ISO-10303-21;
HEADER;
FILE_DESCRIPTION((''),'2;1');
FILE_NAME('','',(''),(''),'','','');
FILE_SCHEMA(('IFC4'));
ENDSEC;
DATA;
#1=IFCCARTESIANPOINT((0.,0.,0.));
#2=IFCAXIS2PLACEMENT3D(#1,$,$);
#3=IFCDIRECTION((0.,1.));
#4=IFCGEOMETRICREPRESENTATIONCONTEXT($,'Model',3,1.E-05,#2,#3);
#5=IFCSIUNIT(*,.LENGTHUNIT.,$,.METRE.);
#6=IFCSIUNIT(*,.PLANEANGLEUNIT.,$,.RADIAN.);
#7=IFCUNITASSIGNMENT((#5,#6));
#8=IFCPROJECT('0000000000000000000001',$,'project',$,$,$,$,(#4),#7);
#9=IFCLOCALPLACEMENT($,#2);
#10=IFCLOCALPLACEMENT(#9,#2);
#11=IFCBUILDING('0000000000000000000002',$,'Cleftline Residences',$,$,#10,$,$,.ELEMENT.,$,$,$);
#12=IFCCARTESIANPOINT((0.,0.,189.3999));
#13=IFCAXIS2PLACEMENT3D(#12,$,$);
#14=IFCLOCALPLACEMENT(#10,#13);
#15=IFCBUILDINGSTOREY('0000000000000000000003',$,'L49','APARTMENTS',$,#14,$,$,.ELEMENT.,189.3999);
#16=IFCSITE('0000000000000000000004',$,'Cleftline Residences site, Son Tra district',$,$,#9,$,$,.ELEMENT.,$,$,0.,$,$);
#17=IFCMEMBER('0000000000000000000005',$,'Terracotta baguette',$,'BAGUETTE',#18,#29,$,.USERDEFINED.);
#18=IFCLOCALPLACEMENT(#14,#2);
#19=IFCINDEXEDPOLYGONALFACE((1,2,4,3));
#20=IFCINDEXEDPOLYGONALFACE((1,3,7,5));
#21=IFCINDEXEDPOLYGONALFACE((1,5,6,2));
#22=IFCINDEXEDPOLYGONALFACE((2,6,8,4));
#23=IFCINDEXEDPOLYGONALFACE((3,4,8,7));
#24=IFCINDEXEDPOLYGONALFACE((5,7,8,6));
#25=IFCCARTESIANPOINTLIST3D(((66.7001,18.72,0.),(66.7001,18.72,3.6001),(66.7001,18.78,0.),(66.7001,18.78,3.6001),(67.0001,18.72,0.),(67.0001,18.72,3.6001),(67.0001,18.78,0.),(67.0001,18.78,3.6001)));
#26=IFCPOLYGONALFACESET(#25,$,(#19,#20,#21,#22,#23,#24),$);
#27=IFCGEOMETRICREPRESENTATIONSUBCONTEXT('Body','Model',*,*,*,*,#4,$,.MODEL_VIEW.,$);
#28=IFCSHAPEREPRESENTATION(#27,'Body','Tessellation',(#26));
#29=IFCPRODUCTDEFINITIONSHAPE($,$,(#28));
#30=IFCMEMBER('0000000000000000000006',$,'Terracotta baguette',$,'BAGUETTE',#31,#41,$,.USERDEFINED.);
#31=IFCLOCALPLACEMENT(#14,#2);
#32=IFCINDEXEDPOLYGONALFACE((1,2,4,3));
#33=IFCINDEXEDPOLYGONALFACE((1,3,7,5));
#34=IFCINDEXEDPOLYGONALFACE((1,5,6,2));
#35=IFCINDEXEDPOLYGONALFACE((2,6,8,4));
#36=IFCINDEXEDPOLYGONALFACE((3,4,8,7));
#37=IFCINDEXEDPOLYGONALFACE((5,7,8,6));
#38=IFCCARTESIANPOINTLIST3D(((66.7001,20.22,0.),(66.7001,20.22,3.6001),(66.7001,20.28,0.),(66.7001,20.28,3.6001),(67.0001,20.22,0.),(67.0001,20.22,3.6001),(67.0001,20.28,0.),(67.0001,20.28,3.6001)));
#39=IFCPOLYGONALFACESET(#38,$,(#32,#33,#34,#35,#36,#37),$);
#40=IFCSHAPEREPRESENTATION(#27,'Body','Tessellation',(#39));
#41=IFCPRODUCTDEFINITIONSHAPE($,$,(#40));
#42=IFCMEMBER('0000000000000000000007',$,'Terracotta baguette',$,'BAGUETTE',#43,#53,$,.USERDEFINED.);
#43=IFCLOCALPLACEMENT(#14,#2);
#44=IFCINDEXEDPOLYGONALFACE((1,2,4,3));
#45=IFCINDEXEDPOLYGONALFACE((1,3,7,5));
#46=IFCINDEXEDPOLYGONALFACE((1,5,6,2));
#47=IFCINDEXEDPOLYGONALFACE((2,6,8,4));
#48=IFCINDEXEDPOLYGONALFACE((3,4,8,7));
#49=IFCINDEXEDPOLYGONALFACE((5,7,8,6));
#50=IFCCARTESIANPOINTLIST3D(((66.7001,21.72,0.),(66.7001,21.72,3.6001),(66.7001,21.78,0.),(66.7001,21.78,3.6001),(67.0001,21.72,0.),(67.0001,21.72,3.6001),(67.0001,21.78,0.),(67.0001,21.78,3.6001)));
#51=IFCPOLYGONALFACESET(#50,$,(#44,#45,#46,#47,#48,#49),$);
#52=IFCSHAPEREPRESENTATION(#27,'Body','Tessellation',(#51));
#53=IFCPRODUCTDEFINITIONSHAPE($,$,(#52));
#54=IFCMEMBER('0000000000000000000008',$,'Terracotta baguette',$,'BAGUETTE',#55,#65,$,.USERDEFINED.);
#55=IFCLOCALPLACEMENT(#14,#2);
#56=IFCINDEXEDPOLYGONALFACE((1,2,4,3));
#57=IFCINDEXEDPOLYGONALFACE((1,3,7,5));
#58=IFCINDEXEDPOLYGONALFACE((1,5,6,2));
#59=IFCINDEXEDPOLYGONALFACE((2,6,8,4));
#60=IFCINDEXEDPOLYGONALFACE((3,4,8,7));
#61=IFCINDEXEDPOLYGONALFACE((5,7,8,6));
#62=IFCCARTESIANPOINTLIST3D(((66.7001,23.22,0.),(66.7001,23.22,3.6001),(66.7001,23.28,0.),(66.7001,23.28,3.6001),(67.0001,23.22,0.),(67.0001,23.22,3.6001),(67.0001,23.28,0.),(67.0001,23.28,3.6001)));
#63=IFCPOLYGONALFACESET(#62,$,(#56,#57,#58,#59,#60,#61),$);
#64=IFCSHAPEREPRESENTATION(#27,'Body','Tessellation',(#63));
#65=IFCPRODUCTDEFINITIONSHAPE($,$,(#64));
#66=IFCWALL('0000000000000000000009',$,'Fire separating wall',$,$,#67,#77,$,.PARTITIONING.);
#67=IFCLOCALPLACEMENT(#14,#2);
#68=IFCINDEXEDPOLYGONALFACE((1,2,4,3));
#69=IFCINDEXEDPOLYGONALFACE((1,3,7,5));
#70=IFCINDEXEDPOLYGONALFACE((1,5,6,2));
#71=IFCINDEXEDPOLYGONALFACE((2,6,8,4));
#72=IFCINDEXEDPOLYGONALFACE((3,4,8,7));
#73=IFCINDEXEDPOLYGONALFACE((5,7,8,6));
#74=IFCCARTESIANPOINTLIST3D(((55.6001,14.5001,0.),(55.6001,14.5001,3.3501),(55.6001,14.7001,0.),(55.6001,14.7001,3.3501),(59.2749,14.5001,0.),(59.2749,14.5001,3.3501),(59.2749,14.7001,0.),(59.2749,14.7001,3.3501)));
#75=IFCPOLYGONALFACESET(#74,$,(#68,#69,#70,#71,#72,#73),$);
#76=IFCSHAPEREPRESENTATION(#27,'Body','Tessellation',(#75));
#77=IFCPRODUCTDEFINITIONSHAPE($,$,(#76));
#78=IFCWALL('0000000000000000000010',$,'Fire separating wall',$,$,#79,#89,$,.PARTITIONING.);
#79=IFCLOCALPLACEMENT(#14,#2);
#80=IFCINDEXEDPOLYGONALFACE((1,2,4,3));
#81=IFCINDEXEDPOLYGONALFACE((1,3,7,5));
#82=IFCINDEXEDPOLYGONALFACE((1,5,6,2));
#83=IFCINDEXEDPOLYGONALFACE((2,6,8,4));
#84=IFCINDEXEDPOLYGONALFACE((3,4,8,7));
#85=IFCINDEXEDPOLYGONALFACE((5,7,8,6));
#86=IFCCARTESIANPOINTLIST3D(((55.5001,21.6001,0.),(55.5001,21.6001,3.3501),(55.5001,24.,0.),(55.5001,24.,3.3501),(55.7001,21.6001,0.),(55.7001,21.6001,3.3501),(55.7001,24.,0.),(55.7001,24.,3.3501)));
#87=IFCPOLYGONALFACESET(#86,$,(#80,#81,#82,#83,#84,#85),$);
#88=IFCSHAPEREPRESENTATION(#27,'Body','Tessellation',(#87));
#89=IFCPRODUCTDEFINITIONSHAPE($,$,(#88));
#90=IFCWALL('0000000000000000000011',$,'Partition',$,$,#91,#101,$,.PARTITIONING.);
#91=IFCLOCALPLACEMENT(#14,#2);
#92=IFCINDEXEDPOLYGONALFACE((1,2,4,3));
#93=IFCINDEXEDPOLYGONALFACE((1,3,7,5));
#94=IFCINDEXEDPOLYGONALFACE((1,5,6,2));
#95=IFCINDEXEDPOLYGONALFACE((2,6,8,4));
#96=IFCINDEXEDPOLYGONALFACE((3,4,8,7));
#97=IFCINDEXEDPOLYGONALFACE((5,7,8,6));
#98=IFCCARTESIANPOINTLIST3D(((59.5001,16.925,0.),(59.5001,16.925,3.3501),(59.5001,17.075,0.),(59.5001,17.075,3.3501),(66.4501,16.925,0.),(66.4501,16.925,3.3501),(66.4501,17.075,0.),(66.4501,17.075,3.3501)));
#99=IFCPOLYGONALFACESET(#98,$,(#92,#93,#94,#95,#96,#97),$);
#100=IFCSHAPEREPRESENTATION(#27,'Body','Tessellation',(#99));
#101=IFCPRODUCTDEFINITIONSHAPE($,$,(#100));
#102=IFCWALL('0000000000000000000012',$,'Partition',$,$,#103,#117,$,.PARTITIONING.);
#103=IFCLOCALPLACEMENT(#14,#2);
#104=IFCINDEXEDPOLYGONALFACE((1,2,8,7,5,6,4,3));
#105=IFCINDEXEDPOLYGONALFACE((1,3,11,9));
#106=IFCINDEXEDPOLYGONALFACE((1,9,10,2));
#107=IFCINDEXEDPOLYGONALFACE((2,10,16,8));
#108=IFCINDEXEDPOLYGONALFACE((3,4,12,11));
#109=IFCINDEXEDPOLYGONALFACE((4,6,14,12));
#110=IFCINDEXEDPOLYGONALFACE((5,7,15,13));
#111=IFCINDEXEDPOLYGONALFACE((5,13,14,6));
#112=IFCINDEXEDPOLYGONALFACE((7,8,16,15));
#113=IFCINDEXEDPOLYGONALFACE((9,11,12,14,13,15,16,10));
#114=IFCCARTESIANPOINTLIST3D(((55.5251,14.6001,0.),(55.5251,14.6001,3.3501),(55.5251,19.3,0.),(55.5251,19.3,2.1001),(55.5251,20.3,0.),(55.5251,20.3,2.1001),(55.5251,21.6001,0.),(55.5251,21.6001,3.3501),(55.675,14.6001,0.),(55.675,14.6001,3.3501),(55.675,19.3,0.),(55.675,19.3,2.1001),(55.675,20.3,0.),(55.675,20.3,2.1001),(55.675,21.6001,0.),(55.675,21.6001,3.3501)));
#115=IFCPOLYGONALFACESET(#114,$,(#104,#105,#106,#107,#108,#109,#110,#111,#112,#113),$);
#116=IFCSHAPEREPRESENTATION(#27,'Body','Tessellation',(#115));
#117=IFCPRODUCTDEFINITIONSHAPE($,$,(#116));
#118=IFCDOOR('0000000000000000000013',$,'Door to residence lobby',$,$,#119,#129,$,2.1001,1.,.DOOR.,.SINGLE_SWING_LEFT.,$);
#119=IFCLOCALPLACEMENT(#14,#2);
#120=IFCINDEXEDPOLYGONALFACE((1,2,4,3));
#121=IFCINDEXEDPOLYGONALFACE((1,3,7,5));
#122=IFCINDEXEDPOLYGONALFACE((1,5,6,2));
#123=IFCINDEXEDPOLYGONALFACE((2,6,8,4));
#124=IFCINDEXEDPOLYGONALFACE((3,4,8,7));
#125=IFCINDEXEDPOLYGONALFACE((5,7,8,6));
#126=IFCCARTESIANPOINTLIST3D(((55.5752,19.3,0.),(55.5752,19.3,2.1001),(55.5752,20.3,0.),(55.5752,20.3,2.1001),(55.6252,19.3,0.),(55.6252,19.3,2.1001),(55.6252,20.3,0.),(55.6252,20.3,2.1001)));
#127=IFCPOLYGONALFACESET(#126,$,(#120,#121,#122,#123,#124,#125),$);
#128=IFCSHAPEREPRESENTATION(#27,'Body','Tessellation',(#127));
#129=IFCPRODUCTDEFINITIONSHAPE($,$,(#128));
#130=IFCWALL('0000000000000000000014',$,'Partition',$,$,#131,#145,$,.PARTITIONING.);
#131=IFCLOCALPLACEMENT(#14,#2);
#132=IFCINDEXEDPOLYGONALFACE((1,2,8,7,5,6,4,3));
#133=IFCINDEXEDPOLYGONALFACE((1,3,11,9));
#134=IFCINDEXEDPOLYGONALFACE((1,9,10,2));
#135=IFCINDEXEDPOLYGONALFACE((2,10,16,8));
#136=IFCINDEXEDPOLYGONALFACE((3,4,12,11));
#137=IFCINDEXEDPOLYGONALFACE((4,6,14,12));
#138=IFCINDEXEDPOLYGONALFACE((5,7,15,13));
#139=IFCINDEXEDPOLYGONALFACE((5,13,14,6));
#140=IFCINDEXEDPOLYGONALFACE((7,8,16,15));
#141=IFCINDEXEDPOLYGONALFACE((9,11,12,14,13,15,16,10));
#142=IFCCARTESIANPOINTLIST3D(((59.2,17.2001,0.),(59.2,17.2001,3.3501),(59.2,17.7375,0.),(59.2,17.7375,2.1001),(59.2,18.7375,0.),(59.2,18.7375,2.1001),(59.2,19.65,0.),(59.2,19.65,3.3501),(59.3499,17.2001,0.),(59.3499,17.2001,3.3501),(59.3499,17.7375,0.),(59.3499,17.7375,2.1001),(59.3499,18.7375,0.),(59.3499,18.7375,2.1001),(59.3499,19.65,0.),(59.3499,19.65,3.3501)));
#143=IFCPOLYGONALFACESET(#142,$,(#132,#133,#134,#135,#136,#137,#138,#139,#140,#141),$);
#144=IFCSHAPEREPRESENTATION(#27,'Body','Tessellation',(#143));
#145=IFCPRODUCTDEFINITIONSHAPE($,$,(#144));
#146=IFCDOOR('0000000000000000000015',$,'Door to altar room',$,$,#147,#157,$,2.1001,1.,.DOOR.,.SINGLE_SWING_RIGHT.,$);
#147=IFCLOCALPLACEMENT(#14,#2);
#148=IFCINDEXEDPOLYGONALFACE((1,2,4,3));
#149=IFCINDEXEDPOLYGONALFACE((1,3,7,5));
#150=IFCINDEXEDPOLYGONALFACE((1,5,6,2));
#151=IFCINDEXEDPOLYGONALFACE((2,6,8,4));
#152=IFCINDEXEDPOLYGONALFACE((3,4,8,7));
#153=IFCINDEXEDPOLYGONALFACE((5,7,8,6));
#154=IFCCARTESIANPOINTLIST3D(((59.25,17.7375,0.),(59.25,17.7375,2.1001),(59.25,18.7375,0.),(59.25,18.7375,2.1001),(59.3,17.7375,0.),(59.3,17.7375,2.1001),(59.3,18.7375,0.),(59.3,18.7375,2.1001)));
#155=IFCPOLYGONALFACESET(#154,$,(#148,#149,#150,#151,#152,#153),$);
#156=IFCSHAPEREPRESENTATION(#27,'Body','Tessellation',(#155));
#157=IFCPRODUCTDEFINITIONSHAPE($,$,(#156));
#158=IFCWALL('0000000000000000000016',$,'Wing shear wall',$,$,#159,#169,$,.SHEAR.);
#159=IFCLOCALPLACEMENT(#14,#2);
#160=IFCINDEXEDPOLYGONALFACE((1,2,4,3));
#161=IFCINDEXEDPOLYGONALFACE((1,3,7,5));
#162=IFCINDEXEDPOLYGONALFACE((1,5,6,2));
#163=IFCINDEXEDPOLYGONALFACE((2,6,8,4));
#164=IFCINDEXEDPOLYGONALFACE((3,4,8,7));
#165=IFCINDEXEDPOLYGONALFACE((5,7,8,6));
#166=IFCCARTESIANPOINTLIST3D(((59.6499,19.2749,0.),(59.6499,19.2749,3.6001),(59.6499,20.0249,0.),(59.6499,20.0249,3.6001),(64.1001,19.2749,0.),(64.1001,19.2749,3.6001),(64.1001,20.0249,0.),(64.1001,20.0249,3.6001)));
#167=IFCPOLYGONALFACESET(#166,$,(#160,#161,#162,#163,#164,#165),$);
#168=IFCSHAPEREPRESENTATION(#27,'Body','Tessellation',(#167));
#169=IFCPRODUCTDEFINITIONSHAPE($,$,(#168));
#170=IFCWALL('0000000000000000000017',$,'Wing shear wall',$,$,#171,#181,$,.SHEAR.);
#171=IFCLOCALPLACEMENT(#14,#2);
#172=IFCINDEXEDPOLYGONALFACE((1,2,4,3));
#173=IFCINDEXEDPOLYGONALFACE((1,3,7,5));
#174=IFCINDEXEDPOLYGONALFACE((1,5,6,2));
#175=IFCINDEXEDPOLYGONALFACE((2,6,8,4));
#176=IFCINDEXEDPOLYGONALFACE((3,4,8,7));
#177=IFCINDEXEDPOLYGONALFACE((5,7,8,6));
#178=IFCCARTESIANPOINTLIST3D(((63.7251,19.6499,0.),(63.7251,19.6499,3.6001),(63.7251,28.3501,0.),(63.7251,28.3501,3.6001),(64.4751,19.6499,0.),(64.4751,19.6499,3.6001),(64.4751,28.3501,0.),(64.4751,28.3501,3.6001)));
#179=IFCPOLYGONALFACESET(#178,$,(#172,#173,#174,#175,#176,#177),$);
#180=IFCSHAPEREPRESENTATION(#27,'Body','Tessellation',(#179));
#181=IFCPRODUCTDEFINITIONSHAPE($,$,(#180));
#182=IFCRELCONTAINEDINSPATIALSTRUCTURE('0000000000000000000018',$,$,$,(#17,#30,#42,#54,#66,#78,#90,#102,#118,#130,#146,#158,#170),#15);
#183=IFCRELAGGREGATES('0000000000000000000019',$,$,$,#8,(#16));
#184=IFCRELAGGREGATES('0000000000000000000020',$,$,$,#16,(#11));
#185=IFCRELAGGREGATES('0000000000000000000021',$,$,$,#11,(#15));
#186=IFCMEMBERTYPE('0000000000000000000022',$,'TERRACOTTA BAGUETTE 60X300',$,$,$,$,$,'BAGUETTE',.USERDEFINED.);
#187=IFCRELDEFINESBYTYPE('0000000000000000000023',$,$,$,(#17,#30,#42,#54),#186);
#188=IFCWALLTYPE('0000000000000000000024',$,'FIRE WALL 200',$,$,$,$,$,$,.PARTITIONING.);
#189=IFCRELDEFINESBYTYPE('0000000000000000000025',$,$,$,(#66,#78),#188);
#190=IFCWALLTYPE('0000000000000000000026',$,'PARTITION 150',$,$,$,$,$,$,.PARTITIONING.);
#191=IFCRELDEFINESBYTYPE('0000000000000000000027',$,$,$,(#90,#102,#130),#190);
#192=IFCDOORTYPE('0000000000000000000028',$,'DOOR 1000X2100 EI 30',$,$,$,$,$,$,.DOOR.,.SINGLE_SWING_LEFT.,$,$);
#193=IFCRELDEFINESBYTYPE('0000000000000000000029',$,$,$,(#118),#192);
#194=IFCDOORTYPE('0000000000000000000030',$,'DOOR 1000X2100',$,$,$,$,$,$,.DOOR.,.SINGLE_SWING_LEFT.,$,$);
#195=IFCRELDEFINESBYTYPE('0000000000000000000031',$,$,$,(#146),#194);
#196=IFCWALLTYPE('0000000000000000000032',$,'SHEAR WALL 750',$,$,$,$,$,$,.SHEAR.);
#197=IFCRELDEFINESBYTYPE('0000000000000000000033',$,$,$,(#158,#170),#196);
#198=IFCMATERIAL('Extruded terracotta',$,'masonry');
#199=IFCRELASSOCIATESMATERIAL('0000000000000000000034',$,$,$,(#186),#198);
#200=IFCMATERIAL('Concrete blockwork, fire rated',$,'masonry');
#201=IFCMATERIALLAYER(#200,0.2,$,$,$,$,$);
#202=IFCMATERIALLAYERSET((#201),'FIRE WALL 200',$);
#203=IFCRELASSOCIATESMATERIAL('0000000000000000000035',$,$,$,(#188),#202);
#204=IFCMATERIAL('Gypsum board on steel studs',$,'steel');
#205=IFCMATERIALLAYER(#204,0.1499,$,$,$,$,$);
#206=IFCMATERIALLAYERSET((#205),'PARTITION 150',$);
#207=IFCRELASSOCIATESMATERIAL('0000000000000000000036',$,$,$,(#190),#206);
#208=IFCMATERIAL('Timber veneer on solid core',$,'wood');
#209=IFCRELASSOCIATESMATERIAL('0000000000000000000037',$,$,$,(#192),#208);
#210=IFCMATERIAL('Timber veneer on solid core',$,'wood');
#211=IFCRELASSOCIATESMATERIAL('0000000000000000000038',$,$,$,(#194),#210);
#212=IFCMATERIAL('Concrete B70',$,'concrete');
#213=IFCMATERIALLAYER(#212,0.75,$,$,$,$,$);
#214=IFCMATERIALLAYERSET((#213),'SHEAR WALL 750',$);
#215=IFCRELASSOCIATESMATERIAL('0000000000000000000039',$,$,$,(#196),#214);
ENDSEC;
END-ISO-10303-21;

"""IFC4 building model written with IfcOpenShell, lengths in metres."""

from ifc_helpers import new_model, si_unit, direction, frame, frame_2d, origin, origin_2d, place, context, subcontext, project, spatial, rectangle, extrude, material, layer, layer_set, material_profile, profile_set, type_object, element, fill, save


model = new_model("IFC4")

# Units and contexts
model_context = context("Model", 3, precision=1e-05, world=origin(), true_north=direction((0.0, 1.0)))
body_context = subcontext(model_context, "Body", "Model", "MODEL_VIEW")
ifc_project = project(units=[si_unit("LENGTHUNIT", "METRE"), si_unit("PLANEANGLEUNIT", "RADIAN")], contexts=[model_context])

# Site, building, storey
site_placement = place(None, origin())
site = spatial("IfcSite", under=ifc_project, at=site_placement, Name="Cleftline Residences site, Son Tra district", CompositionType="ELEMENT", RefElevation=0.0)
building_placement = place(site_placement, origin())
building = spatial("IfcBuilding", under=site, at=building_placement, Name="Cleftline Residences", CompositionType="ELEMENT")
storey_placement = place(building_placement, frame((0.0, 0.0, 189.3999)))
storey = spatial("IfcBuildingStorey", under=building, at=storey_placement, Name="L49", Description="APARTMENTS", CompositionType="ELEMENT", Elevation=189.3999)

# Members
ifc_material_1 = material(Name="Extruded terracotta", Category="masonry")
ifc_material_profile_1 = material_profile(ifc_material_1, rectangle(XDim=0.0601, YDim=0.3, at=origin_2d()))
ifc_profile_set_1 = profile_set([ifc_material_profile_1], Name="Extruded terracotta")
member_type_1 = type_object("IfcMemberType", Name="TERRACOTTA BAGUETTE 60X300", ElementType="BAGUETTE", PredefinedType="USERDEFINED", material=ifc_profile_set_1)
for number, where, z_axis, x_axis, name in (
    (1, (66.8501, 18.75, 0.0), (0.0, 0.0, 1.0), (0.0, 1.0, 0.0), "Terracotta baguette"),
    (2, (66.8501, 20.25, 0.0), (0.0, 0.0, 1.0), (0.0, 1.0, 0.0), "Terracotta baguette"),
    (3, (66.8501, 21.75, 0.0), (0.0, 0.0, 1.0), (0.0, 1.0, 0.0), "Terracotta baguette"),
    (4, (66.8501, 23.25, 0.0), (0.0, 0.0, 1.0), (0.0, 1.0, 0.0), "Terracotta baguette"),
):
    element("IfcMember", number, at=place(storey_placement, frame(where, z_axis=z_axis, x_axis=x_axis)), inside=storey, type_object=member_type_1, Name=name, ObjectType="BAGUETTE", PredefinedType="USERDEFINED", context=body_context, shape_type="SweptSolid", body=[
        extrude(rectangle(XDim=0.0601, YDim=0.3, at=origin_2d()), origin(), (0.0, 0.0, 1.0), 3.6001),
    ])

# Walls
ifc_material_2 = material(Name="Concrete blockwork, fire rated", Category="masonry")
ifc_layer_1 = layer(ifc_material_2, 0.2)
ifc_layer_set_1 = layer_set([ifc_layer_1], Name="FIRE WALL 200")
wall_type_1 = type_object("IfcWallType", Name="FIRE WALL 200", PredefinedType="PARTITIONING", material=ifc_layer_set_1)
wall_1_placement = place(storey_placement, frame((55.6001, 14.6001, 0.0), z_axis=(0.0, 0.0, 1.0), x_axis=(1.0, 0.0, 0.0)))
element("IfcWall", 5, at=wall_1_placement, inside=storey, type_object=wall_type_1, Name="Fire separating wall", PredefinedType="PARTITIONING", context=body_context, shape_type="SweptSolid", body=[
    extrude(rectangle(XDim=3.6748, YDim=0.2, at=frame_2d((1.8374, 0.0))), origin(), (0.0, 0.0, 1.0), 3.3501),
])
wall_2_placement = place(storey_placement, frame((55.6001, 21.6001, 0.0), z_axis=(0.0, 0.0, 1.0), x_axis=(0.0, 1.0, 0.0)))
element("IfcWall", 6, at=wall_2_placement, inside=storey, type_object=wall_type_1, Name="Fire separating wall", PredefinedType="PARTITIONING", context=body_context, shape_type="SweptSolid", body=[
    extrude(rectangle(XDim=2.3999, YDim=0.2, at=frame_2d((1.2, 0.0))), origin(), (0.0, 0.0, 1.0), 3.3501),
])
ifc_material_3 = material(Name="Gypsum board on steel studs", Category="steel")
ifc_layer_2 = layer(ifc_material_3, 0.1499)
ifc_layer_set_2 = layer_set([ifc_layer_2], Name="PARTITION 150")
wall_type_2 = type_object("IfcWallType", Name="PARTITION 150", PredefinedType="PARTITIONING", material=ifc_layer_set_2)
wall_3_placement = place(storey_placement, frame((59.5, 17.0, 0.0), z_axis=(0.0, 0.0, 1.0), x_axis=(1.0, 0.0, 0.0)))
element("IfcWall", 7, at=wall_3_placement, inside=storey, type_object=wall_type_2, Name="Partition", PredefinedType="PARTITIONING", context=body_context, shape_type="SweptSolid", body=[
    extrude(rectangle(XDim=6.95, YDim=0.1499, at=frame_2d((3.4751, 0.0))), origin(), (0.0, 0.0, 1.0), 3.3501),
])

# Walls, openings, doors
wall_4_placement = place(storey_placement, frame((55.6001, 14.6001, 0.0), z_axis=(0.0, 0.0, 1.0), x_axis=(0.0, 1.0, 0.0)))
wall_4 = element("IfcWall", 8, at=wall_4_placement, inside=storey, type_object=wall_type_2, Name="Partition", PredefinedType="PARTITIONING", context=body_context, shape_type="SweptSolid", body=[
    extrude(rectangle(XDim=7.0, YDim=0.1499, at=frame_2d((3.5, 0.0))), origin(), (0.0, 0.0, 1.0), 3.3501),
])
opening_1_placement = place(wall_4_placement, frame((4.7, 0.0, 0.0)))
opening_1 = element("IfcOpeningElement", 9, at=opening_1_placement, cuts=wall_4, PredefinedType="OPENING", context=body_context, shape_type="SweptSolid", body=[
    extrude(rectangle(XDim=1.0, YDim=2.1001, at=frame_2d((0.5, 1.05))), frame((0.0, 0.085, 0.0), z_axis=(0.0, -1.0, 0.0), x_axis=(1.0, 0.0, 0.0)), (0.0, 0.0, 1.0), 0.1699),
])
ifc_material_4 = material(Name="Timber veneer on solid core", Category="wood")
door_type_1 = type_object("IfcDoorType", Name="DOOR 1000X2100 EI 30", OperationType="SINGLE_SWING_LEFT", PredefinedType="DOOR", material=ifc_material_4)
door_1_placement = place(opening_1_placement, origin())
door_1 = element("IfcDoor", 10, at=door_1_placement, inside=storey, type_object=door_type_1, Name="Door to residence lobby", OperationType="SINGLE_SWING_LEFT", OverallHeight=2.1001, OverallWidth=1.0, PredefinedType="DOOR", context=body_context, shape_type="SweptSolid", body=[
    extrude(rectangle(XDim=1.0, YDim=2.1001, at=frame_2d((0.5, 1.05))), frame((0.0, 0.0249, 0.0), z_axis=(0.0, -1.0, 0.0), x_axis=(1.0, 0.0, 0.0)), (0.0, 0.0, 1.0), 0.05),
])
fill(opening_1, door_1)
wall_5_placement = place(storey_placement, frame((59.2749, 17.2, 0.0), z_axis=(0.0, 0.0, 1.0), x_axis=(0.0, 1.0, 0.0)))
wall_5 = element("IfcWall", 11, at=wall_5_placement, inside=storey, type_object=wall_type_2, Name="Partition", PredefinedType="PARTITIONING", context=body_context, shape_type="SweptSolid", body=[
    extrude(rectangle(XDim=2.45, YDim=0.1499, at=frame_2d((1.2251, 0.0))), origin(), (0.0, 0.0, 1.0), 3.3501),
])
opening_2_placement = place(wall_5_placement, frame((0.5376, 0.0, 0.0)))
opening_2 = element("IfcOpeningElement", 12, at=opening_2_placement, cuts=wall_5, PredefinedType="OPENING", context=body_context, shape_type="SweptSolid", body=[
    extrude(rectangle(XDim=1.0, YDim=2.1001, at=frame_2d((0.5, 1.05))), frame((0.0, 0.085, 0.0), z_axis=(0.0, -1.0, 0.0), x_axis=(1.0, 0.0, 0.0)), (0.0, 0.0, 1.0), 0.1699),
])
ifc_material_5 = material(Name="Timber veneer on solid core", Category="wood")
door_type_2 = type_object("IfcDoorType", Name="DOOR 1000X2100", OperationType="SINGLE_SWING_LEFT", PredefinedType="DOOR", material=ifc_material_5)
door_2_placement = place(opening_2_placement, origin())
door_2 = element("IfcDoor", 13, at=door_2_placement, inside=storey, type_object=door_type_2, Name="Door to altar room", OperationType="SINGLE_SWING_RIGHT", OverallHeight=2.1001, OverallWidth=1.0, PredefinedType="DOOR", context=body_context, shape_type="SweptSolid", body=[
    extrude(rectangle(XDim=1.0, YDim=2.1001, at=frame_2d((0.5, 1.05))), frame((0.0, 0.0249, 0.0), z_axis=(0.0, -1.0, 0.0), x_axis=(1.0, 0.0, 0.0)), (0.0, 0.0, 1.0), 0.05),
])
fill(opening_2, door_2)

# Walls
ifc_material_6 = material(Name="Concrete B70", Category="concrete")
ifc_layer_3 = layer(ifc_material_6, 0.75)
ifc_layer_set_3 = layer_set([ifc_layer_3], Name="SHEAR WALL 750")
wall_type_3 = type_object("IfcWallType", Name="SHEAR WALL 750", PredefinedType="SHEAR", material=ifc_layer_set_3)
wall_6_placement = place(storey_placement, frame((59.6499, 19.6499, 0.0), z_axis=(0.0, 0.0, 1.0), x_axis=(1.0, 0.0, 0.0)))
element("IfcWall", 14, at=wall_6_placement, inside=storey, type_object=wall_type_3, Name="Wing shear wall", PredefinedType="SHEAR", context=body_context, shape_type="SweptSolid", body=[
    extrude(rectangle(XDim=4.4502, YDim=0.75, at=frame_2d((2.2251, 0.0))), origin(), (0.0, 0.0, 1.0), 3.6001),
])
wall_7_placement = place(storey_placement, frame((64.1001, 19.6499, 0.0), z_axis=(0.0, 0.0, 1.0), x_axis=(0.0, 1.0, 0.0)))
element("IfcWall", 15, at=wall_7_placement, inside=storey, type_object=wall_type_3, Name="Wing shear wall", PredefinedType="SHEAR", context=body_context, shape_type="SweptSolid", body=[
    extrude(rectangle(XDim=8.7002, YDim=0.75, at=frame_2d((4.3501, 0.0))), origin(), (0.0, 0.0, 1.0), 3.6001),
])

save(model, "model.ifc")
